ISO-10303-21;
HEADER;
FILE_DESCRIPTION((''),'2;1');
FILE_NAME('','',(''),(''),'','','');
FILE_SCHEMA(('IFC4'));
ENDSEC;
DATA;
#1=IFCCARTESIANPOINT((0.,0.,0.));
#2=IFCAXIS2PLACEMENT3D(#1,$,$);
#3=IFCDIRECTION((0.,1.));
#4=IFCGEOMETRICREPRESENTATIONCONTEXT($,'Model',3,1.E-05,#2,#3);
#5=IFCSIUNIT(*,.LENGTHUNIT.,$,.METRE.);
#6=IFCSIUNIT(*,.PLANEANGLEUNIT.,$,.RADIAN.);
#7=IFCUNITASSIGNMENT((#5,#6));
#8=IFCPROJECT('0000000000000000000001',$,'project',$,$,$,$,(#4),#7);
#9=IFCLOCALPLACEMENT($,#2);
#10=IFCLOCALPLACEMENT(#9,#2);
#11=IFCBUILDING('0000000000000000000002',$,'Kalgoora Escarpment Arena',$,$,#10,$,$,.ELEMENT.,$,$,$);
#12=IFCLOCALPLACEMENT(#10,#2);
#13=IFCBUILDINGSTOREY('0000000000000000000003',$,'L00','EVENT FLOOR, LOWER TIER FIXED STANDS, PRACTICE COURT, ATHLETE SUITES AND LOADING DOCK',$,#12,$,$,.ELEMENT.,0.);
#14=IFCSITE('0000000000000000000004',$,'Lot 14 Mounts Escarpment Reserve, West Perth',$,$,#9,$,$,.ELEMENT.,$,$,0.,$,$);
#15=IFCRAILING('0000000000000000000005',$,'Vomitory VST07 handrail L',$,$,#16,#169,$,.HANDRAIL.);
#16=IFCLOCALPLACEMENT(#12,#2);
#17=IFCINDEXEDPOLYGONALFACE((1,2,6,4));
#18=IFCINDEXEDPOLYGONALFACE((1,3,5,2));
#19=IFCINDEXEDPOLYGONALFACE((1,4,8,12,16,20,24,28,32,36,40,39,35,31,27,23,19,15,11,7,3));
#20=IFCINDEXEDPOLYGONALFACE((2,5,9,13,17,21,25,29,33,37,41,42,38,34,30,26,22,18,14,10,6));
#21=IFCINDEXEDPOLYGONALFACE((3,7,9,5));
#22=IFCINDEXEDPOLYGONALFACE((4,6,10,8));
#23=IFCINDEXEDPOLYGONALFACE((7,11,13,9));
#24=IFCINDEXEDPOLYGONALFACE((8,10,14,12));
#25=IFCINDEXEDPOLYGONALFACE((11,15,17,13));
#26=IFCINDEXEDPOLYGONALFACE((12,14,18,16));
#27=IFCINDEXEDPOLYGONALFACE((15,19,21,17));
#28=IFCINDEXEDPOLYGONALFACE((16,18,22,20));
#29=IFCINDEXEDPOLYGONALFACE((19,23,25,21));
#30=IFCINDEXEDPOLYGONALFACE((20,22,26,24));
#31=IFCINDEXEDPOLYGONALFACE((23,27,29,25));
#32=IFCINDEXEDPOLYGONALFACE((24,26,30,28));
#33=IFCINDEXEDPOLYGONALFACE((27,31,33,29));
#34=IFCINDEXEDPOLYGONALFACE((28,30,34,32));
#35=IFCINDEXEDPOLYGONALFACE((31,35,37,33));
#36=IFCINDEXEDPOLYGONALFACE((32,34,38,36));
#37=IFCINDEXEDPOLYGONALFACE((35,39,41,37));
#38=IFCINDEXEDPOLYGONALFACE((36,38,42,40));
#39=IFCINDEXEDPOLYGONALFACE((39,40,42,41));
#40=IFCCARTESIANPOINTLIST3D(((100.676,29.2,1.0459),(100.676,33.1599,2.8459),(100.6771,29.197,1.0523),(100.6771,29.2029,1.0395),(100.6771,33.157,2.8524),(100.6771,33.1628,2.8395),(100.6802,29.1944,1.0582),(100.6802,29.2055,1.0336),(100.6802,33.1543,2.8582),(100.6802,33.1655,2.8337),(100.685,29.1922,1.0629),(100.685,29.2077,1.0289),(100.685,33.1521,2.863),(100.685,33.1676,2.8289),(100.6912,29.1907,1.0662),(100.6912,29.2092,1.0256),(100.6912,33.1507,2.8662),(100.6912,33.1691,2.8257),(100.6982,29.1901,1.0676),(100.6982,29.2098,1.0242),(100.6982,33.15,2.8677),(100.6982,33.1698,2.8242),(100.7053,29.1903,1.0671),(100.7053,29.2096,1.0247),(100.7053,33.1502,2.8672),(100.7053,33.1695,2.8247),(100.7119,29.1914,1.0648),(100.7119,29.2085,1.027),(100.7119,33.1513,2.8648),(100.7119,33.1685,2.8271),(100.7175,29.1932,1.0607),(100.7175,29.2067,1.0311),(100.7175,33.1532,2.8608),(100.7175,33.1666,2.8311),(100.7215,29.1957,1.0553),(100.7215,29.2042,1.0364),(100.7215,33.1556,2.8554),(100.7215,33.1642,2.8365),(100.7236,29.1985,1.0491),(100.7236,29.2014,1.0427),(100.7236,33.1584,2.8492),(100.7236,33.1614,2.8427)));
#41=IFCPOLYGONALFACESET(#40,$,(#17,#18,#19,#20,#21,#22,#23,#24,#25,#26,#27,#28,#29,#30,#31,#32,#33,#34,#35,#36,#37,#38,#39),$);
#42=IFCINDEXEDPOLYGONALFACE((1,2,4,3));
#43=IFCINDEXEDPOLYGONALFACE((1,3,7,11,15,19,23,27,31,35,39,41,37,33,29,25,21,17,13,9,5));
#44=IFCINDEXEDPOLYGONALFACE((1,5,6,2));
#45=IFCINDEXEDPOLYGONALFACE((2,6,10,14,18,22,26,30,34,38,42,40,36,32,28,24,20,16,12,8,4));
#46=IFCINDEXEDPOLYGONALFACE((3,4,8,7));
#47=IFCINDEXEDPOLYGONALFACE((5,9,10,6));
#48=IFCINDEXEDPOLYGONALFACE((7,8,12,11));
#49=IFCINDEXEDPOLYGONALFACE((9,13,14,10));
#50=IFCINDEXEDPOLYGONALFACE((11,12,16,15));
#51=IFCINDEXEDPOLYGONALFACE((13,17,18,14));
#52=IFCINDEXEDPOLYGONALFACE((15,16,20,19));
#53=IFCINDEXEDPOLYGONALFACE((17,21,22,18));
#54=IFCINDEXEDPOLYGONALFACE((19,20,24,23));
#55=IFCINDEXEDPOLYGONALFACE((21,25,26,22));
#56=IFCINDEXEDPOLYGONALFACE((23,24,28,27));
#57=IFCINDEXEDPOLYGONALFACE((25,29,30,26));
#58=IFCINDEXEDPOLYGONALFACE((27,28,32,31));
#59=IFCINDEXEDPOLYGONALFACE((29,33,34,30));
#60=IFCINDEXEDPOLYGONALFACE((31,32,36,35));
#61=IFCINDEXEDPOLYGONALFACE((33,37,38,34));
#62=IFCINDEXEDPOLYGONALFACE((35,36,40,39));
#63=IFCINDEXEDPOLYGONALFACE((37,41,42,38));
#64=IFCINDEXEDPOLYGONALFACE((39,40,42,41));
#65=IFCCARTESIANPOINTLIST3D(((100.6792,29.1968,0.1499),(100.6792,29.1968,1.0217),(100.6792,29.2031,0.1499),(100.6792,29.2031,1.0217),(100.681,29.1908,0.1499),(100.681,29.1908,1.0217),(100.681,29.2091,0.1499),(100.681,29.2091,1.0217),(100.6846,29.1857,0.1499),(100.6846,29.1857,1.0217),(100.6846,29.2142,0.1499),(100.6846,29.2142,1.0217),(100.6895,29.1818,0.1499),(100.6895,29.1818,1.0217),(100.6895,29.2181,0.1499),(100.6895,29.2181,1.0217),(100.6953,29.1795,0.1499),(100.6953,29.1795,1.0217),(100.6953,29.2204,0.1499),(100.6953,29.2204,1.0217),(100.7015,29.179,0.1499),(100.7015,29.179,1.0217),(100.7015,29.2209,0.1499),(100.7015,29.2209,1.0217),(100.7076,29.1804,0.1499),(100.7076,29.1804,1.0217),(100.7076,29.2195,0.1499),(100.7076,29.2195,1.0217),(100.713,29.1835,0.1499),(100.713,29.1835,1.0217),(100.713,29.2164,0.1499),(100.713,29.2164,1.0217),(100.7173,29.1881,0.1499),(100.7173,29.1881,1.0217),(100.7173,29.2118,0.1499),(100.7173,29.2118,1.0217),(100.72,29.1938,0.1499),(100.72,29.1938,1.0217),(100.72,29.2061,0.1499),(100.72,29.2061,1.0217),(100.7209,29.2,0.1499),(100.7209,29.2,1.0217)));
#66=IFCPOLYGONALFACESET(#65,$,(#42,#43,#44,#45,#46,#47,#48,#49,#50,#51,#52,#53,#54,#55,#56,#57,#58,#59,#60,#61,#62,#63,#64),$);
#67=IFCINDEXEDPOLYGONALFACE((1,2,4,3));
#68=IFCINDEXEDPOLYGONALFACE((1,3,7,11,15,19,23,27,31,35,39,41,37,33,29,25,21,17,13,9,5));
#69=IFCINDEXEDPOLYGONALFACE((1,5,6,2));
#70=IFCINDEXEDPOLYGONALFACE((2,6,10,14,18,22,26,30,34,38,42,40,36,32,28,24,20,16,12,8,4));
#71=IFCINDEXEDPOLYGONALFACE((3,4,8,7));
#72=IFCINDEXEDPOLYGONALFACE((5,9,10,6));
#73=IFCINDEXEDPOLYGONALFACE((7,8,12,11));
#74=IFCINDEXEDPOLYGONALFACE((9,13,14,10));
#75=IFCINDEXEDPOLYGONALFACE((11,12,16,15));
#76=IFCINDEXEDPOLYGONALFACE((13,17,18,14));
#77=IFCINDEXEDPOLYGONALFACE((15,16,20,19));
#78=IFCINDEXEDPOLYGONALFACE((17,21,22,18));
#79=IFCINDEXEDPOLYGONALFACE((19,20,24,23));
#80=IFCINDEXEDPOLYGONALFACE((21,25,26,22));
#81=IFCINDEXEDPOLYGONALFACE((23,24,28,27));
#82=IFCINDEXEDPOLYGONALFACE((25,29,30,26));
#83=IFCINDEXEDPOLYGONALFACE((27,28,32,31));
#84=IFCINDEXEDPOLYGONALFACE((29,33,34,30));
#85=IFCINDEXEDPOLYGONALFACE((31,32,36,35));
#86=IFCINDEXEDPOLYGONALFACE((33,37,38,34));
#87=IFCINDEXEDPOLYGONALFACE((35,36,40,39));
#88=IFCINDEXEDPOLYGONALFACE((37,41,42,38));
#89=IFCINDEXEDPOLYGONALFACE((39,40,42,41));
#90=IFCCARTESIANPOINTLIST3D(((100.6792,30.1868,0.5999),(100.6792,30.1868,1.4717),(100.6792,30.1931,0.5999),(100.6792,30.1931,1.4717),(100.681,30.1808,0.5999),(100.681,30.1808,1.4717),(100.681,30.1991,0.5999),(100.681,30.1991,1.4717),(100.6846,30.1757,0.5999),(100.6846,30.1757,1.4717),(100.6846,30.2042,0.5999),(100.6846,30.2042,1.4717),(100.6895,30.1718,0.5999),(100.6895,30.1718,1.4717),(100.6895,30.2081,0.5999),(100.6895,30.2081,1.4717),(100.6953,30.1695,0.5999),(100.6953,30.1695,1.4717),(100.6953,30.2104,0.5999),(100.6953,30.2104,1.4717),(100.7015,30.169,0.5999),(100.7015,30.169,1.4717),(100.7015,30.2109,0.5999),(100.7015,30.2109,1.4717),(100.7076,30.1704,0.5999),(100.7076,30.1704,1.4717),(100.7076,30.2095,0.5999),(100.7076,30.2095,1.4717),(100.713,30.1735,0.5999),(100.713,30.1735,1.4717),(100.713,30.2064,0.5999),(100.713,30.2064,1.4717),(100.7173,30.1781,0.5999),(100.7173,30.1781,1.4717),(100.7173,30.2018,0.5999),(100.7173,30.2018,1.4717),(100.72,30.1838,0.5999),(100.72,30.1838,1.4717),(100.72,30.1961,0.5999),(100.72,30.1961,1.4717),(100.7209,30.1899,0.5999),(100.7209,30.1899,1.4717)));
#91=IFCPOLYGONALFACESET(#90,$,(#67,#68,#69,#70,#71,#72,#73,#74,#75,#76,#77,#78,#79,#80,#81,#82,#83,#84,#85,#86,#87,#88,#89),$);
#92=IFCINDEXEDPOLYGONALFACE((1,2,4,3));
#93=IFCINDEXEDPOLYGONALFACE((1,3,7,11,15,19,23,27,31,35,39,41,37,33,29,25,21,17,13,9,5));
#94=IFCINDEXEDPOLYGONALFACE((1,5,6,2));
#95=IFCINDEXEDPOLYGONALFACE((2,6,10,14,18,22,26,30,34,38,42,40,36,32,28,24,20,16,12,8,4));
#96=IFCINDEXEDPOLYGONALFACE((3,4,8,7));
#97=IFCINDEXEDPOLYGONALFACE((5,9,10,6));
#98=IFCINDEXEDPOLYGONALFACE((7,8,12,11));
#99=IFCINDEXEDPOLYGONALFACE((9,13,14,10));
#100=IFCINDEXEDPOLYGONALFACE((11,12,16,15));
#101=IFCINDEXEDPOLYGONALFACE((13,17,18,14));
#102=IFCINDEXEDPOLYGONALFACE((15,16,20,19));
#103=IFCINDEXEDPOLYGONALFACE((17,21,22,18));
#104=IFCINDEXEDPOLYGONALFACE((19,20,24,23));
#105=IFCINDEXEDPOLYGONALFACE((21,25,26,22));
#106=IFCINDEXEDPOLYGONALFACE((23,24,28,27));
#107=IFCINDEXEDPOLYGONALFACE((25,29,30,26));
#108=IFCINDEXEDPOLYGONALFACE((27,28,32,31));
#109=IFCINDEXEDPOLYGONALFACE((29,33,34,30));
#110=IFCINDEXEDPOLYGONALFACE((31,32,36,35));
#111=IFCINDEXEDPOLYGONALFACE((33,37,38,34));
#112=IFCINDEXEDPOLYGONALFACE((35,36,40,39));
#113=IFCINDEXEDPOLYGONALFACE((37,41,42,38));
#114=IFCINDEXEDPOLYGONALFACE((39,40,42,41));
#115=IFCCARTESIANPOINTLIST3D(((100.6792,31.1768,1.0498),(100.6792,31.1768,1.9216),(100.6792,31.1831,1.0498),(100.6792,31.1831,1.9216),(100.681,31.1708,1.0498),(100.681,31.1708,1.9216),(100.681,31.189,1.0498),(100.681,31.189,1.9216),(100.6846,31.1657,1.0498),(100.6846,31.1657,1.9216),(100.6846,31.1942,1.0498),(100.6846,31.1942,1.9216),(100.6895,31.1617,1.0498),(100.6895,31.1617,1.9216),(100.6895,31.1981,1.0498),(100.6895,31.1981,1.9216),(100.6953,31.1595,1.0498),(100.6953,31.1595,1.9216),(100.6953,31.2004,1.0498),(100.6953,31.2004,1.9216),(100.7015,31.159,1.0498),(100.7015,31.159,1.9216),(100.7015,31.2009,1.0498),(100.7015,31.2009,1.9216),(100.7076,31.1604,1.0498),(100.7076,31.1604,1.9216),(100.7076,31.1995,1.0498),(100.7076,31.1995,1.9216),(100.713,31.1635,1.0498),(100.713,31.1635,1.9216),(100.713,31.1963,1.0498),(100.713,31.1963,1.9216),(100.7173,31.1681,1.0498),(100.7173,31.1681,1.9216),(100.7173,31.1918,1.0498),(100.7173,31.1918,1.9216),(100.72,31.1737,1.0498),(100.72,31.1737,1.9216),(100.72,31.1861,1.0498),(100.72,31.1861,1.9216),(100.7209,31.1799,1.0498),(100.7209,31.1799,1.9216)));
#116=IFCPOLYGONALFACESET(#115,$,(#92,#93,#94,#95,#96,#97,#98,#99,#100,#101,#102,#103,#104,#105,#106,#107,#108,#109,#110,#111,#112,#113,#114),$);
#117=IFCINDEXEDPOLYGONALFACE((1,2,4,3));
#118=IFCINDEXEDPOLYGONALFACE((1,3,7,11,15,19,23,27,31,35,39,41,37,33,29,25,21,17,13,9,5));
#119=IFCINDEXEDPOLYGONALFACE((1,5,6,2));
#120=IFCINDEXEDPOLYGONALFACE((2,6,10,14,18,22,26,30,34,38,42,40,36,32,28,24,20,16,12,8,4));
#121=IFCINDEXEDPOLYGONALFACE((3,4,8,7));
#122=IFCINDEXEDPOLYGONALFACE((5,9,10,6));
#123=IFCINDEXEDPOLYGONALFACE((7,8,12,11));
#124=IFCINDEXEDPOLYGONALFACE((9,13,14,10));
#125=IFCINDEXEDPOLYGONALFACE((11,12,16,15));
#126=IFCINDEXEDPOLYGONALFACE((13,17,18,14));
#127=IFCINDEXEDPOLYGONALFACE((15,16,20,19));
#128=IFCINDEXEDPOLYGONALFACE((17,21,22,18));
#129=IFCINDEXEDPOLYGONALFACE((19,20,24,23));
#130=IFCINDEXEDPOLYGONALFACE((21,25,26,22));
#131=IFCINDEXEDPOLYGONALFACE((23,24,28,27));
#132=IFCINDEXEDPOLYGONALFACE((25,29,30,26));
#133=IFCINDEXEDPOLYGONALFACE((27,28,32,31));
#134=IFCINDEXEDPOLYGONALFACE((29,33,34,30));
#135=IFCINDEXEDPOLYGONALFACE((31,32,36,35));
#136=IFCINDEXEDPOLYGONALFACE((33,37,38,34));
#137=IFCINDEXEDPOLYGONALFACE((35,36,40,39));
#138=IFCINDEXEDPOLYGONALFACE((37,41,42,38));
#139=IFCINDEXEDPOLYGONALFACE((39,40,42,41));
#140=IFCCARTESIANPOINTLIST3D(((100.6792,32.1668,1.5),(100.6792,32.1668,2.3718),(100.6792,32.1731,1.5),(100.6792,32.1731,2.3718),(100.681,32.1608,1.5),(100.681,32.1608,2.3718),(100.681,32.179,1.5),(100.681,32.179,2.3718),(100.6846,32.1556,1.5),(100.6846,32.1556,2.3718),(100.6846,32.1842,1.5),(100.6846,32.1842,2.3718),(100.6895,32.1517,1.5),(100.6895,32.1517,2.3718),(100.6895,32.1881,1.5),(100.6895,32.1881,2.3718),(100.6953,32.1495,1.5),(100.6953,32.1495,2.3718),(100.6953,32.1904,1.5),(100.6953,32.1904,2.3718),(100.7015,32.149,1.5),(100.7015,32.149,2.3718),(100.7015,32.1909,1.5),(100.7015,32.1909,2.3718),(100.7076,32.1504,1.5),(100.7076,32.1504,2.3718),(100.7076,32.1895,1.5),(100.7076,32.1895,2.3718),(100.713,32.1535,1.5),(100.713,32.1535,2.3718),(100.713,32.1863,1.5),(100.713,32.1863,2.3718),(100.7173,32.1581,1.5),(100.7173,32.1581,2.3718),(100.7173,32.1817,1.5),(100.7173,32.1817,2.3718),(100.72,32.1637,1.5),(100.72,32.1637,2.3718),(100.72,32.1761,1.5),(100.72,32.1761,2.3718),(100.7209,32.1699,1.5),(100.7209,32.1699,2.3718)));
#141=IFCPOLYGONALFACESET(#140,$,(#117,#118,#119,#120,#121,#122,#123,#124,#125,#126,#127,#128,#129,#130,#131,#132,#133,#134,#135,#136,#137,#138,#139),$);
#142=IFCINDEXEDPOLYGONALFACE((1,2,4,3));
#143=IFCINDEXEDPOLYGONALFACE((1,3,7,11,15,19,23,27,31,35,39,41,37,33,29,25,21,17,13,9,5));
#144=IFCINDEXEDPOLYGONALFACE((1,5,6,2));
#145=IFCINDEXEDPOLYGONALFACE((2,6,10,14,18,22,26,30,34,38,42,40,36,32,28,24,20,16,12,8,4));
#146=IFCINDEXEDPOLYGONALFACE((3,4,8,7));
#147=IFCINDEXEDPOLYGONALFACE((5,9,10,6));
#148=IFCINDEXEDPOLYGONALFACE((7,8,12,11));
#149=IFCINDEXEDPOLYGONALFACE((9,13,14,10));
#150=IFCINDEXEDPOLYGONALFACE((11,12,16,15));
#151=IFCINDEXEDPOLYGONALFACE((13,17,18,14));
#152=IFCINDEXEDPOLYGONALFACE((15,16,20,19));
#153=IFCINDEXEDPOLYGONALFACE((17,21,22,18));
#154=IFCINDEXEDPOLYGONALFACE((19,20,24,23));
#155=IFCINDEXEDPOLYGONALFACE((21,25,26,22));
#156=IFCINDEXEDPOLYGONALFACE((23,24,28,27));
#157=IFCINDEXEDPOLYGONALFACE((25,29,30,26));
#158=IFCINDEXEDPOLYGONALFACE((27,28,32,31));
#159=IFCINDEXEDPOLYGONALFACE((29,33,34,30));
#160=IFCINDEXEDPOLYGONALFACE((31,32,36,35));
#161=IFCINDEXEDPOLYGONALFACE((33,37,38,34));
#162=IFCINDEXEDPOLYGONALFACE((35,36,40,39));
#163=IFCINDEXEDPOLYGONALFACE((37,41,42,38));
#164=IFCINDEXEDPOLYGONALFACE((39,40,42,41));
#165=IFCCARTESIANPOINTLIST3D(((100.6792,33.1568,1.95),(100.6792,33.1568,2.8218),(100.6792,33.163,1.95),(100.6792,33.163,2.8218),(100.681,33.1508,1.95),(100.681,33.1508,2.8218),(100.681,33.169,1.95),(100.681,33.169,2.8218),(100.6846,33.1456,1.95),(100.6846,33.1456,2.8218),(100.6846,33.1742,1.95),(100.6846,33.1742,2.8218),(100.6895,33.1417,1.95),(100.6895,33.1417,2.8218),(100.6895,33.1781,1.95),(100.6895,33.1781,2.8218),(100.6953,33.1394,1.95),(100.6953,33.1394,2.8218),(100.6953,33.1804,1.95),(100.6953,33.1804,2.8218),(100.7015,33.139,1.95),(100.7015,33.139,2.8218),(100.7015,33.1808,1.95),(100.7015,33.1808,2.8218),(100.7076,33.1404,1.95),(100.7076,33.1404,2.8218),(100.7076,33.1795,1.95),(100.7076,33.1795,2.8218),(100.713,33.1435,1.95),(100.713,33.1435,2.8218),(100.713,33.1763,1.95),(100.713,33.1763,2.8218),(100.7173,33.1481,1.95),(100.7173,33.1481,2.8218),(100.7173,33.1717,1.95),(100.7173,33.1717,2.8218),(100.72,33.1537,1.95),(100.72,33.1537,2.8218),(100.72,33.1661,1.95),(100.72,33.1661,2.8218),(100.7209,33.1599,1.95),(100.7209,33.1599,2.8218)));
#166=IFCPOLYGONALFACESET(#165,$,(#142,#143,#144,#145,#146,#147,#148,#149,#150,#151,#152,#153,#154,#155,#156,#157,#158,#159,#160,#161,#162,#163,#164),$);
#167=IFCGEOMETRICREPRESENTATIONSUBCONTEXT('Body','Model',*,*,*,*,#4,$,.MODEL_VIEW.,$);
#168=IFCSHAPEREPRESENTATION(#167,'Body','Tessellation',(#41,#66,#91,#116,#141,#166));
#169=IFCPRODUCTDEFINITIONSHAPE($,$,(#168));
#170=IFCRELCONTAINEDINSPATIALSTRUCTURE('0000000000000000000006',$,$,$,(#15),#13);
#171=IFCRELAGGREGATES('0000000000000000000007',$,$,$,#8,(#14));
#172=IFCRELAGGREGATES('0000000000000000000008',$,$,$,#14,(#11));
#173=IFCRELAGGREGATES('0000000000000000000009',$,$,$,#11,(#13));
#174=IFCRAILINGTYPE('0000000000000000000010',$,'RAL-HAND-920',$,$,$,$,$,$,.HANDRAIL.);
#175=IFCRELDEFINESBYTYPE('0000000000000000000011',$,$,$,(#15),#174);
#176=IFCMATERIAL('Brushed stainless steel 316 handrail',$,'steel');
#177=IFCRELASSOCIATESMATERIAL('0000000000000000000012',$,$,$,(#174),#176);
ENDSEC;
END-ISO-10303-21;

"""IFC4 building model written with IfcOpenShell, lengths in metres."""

from ifc_helpers import new_model, si_unit, direction, frame, origin, origin_2d, place, context, subcontext, project, spatial, circle, extrude, material, type_object, element, save


model = new_model("IFC4")

# Units and contexts
model_context = context("Model", 3, precision=1e-05, world=origin(), true_north=direction((0.0, 1.0)))
body_context = subcontext(model_context, "Body", "Model", "MODEL_VIEW")
ifc_project = project(units=[si_unit("LENGTHUNIT", "METRE"), si_unit("PLANEANGLEUNIT", "RADIAN")], contexts=[model_context])

# Site, building, storey
site_placement = place(None, origin())
site = spatial("IfcSite", under=ifc_project, at=site_placement, Name="Lot 14 Mounts Escarpment Reserve, West Perth", CompositionType="ELEMENT", RefElevation=0.0)
building_placement = place(site_placement, origin())
building = spatial("IfcBuilding", under=site, at=building_placement, Name="Kalgoora Escarpment Arena", CompositionType="ELEMENT")
storey_placement = place(building_placement, origin())
storey = spatial("IfcBuildingStorey", under=building, at=storey_placement, Name="L00", Description="EVENT FLOOR, LOWER TIER FIXED STANDS, PRACTICE COURT, ATHLETE SUITES AND LOADING DOCK", CompositionType="ELEMENT", Elevation=0.0)

# Railing
ifc_material_1 = material(Name="Brushed stainless steel 316 handrail", Category="steel")
railing_type_1 = type_object("IfcRailingType", Name="RAL-HAND-920", PredefinedType="HANDRAIL", material=ifc_material_1)
for number, where, name in (
    (1, (100.7, 29.2, 0.1499), "Vomitory VST07 handrail L"),
):
    element("IfcRailing", number, at=place(storey_placement, frame(where)), inside=storey, type_object=railing_type_1, Name=name, PredefinedType="HANDRAIL", context=body_context, shape_type="SweptSolid", body=[
        extrude(circle(Radius=0.0239, at=origin_2d()), frame((0.0, 0.0, 0.896), z_axis=(0.0, 0.910361, 0.413816), x_axis=(-1.0, 0.0, 0.0)), (0.0, 0.0, 1.0), 4.3499),
        extrude(circle(Radius=0.021, at=origin_2d()), origin(), (0.0, 0.0, 1.0), 0.8718),
        extrude(circle(Radius=0.021, at=origin_2d()), frame((0.0, 0.99, 0.45)), (0.0, 0.0, 1.0), 0.8718),
        extrude(circle(Radius=0.021, at=origin_2d()), frame((0.0, 1.98, 0.8999)), (0.0, 0.0, 1.0), 0.8718),
        extrude(circle(Radius=0.021, at=origin_2d()), frame((0.0, 2.97, 1.3501)), (0.0, 0.0, 1.0), 0.8718),
        extrude(circle(Radius=0.021, at=origin_2d()), frame((0.0, 3.96, 1.8)), (0.0, 0.0, 1.0), 0.8718),
    ])

save(model, "model.ifc")
